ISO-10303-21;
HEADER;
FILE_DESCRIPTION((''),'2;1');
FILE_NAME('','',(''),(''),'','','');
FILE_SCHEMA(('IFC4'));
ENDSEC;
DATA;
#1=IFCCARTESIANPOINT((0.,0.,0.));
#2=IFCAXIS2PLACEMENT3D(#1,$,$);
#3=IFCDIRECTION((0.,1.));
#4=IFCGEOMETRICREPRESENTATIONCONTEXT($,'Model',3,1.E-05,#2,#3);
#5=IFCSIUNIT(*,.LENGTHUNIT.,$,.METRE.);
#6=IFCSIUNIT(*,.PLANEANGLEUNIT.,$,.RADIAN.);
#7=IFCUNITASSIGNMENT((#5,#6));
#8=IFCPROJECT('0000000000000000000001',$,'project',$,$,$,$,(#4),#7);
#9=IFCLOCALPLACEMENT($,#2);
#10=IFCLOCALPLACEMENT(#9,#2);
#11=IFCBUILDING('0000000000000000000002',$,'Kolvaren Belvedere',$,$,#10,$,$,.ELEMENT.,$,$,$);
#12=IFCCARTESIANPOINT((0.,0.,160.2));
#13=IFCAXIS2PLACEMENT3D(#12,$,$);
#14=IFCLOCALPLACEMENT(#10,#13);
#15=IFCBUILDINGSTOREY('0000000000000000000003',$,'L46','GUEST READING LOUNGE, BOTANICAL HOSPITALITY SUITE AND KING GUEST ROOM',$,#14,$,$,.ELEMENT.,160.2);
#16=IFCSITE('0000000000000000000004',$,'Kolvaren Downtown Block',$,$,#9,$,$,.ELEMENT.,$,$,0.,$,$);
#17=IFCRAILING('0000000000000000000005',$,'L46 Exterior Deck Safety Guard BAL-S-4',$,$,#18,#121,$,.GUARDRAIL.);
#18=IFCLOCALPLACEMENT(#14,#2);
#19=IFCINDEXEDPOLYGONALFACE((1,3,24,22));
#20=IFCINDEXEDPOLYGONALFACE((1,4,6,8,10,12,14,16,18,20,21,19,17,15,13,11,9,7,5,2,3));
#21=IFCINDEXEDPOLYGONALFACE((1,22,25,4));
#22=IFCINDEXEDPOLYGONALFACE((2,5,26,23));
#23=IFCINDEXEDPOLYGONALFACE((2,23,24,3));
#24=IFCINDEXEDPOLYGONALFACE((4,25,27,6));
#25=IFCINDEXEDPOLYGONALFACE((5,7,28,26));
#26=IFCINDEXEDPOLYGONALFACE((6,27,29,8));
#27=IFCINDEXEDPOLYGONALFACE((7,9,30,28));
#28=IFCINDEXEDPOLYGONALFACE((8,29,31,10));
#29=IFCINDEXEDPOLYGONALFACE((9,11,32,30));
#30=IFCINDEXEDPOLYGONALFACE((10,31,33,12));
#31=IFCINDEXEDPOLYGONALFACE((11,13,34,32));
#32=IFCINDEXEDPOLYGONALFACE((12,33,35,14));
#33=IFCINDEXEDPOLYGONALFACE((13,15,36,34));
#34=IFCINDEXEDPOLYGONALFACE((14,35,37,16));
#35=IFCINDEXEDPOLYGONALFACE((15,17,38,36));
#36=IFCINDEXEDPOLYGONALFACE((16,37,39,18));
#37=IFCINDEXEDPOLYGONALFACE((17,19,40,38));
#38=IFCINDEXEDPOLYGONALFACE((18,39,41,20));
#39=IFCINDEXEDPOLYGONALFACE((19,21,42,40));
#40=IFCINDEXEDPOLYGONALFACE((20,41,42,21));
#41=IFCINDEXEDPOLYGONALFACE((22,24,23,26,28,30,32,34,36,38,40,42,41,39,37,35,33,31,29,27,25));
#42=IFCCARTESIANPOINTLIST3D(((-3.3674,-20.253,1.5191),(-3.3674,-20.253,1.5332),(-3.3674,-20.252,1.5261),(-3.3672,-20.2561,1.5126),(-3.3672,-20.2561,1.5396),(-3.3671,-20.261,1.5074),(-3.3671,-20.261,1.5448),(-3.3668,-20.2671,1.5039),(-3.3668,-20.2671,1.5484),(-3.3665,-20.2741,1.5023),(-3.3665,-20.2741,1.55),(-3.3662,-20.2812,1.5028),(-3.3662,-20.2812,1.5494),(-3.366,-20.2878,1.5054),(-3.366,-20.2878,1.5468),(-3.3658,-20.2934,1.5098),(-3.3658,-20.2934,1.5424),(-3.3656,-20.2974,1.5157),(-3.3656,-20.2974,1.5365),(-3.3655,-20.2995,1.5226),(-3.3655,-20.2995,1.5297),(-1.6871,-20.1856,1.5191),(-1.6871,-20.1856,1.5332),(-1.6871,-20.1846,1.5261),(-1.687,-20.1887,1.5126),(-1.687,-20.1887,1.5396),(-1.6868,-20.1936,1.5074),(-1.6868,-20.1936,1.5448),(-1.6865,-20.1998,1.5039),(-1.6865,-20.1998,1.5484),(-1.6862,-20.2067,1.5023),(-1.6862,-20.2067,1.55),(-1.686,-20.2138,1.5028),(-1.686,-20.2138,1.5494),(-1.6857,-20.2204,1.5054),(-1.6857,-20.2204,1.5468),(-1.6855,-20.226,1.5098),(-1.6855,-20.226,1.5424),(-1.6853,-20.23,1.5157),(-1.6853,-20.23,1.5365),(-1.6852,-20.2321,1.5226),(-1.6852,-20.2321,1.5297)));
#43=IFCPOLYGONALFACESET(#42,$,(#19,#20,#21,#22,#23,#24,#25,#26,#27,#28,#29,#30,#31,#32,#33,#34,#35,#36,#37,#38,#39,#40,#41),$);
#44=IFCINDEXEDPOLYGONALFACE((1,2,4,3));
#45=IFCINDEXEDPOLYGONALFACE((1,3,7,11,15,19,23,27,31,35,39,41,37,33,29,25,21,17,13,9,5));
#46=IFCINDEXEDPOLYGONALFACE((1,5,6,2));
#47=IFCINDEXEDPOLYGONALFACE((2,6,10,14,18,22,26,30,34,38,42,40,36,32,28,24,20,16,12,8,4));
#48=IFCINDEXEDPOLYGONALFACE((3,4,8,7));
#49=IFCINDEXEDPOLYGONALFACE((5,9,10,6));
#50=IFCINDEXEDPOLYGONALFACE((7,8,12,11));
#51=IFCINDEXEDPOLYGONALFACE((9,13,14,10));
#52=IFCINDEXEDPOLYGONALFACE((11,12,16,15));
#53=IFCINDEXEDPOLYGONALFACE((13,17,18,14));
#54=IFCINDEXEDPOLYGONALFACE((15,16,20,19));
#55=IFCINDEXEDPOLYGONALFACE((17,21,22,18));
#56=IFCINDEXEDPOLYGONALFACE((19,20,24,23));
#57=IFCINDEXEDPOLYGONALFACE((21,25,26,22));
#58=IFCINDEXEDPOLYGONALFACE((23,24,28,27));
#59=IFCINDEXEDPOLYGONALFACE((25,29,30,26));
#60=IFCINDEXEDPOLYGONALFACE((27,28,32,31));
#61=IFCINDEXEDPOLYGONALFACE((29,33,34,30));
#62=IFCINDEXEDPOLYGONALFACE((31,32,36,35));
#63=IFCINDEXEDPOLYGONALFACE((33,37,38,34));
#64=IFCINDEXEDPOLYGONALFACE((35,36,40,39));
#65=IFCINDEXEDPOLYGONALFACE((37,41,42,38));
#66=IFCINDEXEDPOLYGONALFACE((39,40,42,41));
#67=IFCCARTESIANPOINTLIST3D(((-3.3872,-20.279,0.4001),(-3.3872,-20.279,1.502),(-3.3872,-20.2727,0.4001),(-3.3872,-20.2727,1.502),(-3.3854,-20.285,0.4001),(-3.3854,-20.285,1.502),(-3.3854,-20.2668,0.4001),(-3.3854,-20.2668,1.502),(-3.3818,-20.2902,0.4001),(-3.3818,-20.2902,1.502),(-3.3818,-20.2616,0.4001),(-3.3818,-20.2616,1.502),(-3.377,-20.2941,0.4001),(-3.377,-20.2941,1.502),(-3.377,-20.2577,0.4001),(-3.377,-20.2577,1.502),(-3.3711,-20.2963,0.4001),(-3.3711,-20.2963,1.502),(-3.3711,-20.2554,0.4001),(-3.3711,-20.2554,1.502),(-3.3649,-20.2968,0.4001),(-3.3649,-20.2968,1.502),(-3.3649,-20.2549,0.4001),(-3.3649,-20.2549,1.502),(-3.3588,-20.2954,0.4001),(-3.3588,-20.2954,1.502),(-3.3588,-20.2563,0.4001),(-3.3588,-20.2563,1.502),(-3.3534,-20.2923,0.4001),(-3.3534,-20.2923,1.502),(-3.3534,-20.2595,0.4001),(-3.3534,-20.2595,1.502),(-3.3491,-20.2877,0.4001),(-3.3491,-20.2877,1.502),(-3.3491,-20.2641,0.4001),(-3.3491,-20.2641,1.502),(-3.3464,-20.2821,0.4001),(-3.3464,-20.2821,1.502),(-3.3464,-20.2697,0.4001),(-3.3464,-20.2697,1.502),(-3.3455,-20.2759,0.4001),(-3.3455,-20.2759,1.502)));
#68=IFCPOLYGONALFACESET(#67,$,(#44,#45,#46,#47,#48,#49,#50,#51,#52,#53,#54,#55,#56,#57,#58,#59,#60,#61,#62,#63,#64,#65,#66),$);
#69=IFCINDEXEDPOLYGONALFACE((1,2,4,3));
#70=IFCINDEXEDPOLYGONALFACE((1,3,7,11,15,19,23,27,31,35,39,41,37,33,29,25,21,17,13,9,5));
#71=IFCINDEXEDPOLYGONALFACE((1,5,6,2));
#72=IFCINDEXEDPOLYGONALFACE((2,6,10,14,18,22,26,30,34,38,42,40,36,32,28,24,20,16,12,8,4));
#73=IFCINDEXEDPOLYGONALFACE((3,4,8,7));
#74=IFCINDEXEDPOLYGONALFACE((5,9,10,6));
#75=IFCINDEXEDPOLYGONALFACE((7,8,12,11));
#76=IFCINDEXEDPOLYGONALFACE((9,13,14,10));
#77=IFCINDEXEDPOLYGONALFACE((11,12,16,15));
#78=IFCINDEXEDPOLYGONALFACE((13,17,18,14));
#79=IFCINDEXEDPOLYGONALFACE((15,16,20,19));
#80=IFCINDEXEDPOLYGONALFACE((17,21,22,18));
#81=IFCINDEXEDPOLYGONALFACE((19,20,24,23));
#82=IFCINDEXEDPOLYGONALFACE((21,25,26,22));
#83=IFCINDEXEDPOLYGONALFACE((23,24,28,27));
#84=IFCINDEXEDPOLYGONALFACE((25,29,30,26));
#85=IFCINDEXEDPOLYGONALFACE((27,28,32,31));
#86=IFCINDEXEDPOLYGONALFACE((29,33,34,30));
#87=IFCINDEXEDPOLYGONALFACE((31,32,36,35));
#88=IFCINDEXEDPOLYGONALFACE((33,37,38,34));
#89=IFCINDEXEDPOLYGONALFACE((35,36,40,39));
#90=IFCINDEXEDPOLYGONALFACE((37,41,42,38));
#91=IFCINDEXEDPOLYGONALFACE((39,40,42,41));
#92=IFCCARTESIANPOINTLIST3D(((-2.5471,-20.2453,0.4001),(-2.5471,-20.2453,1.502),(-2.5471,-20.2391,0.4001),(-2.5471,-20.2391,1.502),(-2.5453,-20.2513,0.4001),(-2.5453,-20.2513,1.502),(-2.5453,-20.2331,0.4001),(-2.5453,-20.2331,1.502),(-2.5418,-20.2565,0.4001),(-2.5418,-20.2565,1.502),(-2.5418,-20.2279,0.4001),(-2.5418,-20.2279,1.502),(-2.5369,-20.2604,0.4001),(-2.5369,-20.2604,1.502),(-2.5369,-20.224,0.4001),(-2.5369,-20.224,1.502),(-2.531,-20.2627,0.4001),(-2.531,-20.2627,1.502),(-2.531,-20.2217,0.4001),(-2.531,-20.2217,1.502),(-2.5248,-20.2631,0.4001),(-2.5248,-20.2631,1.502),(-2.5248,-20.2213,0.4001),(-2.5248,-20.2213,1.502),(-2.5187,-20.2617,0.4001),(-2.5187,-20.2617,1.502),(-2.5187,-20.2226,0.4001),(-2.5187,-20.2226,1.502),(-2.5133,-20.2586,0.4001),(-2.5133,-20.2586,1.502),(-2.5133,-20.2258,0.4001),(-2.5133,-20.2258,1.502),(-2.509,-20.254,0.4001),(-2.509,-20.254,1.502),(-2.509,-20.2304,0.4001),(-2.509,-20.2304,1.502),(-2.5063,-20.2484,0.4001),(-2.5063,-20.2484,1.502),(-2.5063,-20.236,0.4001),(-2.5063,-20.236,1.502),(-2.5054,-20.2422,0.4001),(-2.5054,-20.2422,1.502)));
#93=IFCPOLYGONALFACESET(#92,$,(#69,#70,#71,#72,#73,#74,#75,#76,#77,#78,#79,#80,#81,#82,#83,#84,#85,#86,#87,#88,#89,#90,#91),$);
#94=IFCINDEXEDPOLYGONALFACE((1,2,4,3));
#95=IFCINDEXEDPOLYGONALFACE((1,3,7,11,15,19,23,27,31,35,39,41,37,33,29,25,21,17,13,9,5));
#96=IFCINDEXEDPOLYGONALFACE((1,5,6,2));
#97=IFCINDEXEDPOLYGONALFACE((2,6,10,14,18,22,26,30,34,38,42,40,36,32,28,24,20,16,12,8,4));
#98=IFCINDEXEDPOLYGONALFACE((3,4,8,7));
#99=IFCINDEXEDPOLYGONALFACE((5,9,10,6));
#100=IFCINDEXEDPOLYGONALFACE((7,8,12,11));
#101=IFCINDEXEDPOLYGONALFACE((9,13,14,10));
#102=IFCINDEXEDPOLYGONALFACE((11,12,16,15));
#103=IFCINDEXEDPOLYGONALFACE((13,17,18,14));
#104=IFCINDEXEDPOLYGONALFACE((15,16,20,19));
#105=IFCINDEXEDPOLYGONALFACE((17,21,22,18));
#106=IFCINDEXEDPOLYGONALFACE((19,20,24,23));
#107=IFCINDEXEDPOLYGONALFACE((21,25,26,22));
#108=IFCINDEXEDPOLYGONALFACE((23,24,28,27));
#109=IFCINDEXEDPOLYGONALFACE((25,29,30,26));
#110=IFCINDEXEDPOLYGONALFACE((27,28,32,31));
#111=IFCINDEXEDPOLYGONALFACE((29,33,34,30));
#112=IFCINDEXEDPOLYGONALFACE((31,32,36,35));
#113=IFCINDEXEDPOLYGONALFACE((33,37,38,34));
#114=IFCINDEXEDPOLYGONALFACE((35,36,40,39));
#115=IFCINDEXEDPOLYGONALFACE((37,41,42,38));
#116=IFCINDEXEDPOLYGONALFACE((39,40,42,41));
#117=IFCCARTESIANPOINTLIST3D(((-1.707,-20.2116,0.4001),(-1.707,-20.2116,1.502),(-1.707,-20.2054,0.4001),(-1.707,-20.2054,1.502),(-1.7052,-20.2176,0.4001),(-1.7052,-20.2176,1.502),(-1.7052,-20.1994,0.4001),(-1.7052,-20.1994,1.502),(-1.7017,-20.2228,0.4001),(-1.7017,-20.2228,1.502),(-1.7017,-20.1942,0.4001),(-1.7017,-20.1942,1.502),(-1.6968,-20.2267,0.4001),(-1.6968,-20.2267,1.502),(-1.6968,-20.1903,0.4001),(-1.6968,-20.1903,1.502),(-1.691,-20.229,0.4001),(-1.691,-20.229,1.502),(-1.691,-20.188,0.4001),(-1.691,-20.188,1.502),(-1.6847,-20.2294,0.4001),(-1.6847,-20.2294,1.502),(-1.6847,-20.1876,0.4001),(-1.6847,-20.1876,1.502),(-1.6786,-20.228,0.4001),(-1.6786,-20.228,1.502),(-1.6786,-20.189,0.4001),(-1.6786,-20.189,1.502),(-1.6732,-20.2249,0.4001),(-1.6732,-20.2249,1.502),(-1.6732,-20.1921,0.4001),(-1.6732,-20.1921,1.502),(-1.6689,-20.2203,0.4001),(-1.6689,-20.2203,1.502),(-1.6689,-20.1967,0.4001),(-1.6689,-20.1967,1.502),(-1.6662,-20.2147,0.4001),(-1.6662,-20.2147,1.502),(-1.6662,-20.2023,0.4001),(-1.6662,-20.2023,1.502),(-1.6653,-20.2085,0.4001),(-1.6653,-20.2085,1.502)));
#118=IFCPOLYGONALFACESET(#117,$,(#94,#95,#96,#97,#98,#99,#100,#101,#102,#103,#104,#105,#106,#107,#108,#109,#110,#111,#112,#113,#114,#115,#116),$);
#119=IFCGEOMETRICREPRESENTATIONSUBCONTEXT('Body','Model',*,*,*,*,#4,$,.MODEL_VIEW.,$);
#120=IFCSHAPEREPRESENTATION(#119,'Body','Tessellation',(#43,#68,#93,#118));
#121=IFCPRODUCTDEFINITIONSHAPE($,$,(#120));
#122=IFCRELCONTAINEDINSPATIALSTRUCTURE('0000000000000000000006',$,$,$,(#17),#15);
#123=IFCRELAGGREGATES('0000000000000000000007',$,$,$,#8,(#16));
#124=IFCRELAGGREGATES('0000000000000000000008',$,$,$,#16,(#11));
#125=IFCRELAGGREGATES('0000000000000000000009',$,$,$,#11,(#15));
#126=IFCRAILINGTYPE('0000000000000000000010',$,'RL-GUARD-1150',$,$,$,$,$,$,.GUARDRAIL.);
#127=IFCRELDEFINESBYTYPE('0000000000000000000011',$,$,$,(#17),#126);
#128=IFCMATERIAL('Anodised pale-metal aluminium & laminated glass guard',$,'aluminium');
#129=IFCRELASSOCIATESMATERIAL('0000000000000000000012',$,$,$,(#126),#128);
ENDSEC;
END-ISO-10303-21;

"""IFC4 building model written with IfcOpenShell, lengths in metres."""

from ifc_helpers import new_model, si_unit, direction, frame, origin, origin_2d, place, context, subcontext, project, spatial, circle, extrude, material, type_object, element, save


model = new_model("IFC4")

# Units and contexts
model_context = context("Model", 3, precision=1e-05, world=origin(), true_north=direction((0.0, 1.0)))
body_context = subcontext(model_context, "Body", "Model", "MODEL_VIEW")
ifc_project = project(units=[si_unit("LENGTHUNIT", "METRE"), si_unit("PLANEANGLEUNIT", "RADIAN")], contexts=[model_context])

# Site, building, storey
site_placement = place(None, origin())
site = spatial("IfcSite", under=ifc_project, at=site_placement, Name="Kolvaren Downtown Block", CompositionType="ELEMENT", RefElevation=0.0)
building_placement = place(site_placement, origin())
building = spatial("IfcBuilding", under=site, at=building_placement, Name="Kolvaren Belvedere", CompositionType="ELEMENT")
storey_placement = place(building_placement, frame((0.0, 0.0, 160.2)))
storey = spatial("IfcBuildingStorey", under=building, at=storey_placement, Name="L46", Description="GUEST READING LOUNGE, BOTANICAL HOSPITALITY SUITE AND KING GUEST ROOM", CompositionType="ELEMENT", Elevation=160.2)

# Railing
ifc_material_1 = material(Name="Anodised pale-metal aluminium & laminated glass guard", Category="aluminium")
railing_type = type_object("IfcRailingType", Name="RL-GUARD-1150", PredefinedType="GUARDRAIL", material=ifc_material_1)
railing_1_placement = place(storey_placement, frame((-3.3665, -20.2759, 0.4001)))
element("IfcRailing", 1, at=railing_1_placement, inside=storey, type_object=railing_type, Name="L46 Exterior Deck Safety Guard BAL-S-4", PredefinedType="GUARDRAIL", context=body_context, shape_type="SweptSolid", body=[
    extrude(circle(Radius=0.0239, at=origin_2d()), frame((0.0, 0.0, 1.126), z_axis=(0.999197, 0.040072, 0.0), x_axis=(-0.040072, 0.999197, 0.0)), (0.0, 0.0, 1.0), 1.6816),
    extrude(circle(Radius=0.021, at=origin_2d()), origin(), (0.0, 0.0, 1.0), 1.1018),
    extrude(circle(Radius=0.021, at=origin_2d()), frame((0.8401, 0.0337, 0.0)), (0.0, 0.0, 1.0), 1.1018),
    extrude(circle(Radius=0.021, at=origin_2d()), frame((1.6802, 0.0674, 0.0)), (0.0, 0.0, 1.0), 1.1018),
])

save(model, "model.ifc")
